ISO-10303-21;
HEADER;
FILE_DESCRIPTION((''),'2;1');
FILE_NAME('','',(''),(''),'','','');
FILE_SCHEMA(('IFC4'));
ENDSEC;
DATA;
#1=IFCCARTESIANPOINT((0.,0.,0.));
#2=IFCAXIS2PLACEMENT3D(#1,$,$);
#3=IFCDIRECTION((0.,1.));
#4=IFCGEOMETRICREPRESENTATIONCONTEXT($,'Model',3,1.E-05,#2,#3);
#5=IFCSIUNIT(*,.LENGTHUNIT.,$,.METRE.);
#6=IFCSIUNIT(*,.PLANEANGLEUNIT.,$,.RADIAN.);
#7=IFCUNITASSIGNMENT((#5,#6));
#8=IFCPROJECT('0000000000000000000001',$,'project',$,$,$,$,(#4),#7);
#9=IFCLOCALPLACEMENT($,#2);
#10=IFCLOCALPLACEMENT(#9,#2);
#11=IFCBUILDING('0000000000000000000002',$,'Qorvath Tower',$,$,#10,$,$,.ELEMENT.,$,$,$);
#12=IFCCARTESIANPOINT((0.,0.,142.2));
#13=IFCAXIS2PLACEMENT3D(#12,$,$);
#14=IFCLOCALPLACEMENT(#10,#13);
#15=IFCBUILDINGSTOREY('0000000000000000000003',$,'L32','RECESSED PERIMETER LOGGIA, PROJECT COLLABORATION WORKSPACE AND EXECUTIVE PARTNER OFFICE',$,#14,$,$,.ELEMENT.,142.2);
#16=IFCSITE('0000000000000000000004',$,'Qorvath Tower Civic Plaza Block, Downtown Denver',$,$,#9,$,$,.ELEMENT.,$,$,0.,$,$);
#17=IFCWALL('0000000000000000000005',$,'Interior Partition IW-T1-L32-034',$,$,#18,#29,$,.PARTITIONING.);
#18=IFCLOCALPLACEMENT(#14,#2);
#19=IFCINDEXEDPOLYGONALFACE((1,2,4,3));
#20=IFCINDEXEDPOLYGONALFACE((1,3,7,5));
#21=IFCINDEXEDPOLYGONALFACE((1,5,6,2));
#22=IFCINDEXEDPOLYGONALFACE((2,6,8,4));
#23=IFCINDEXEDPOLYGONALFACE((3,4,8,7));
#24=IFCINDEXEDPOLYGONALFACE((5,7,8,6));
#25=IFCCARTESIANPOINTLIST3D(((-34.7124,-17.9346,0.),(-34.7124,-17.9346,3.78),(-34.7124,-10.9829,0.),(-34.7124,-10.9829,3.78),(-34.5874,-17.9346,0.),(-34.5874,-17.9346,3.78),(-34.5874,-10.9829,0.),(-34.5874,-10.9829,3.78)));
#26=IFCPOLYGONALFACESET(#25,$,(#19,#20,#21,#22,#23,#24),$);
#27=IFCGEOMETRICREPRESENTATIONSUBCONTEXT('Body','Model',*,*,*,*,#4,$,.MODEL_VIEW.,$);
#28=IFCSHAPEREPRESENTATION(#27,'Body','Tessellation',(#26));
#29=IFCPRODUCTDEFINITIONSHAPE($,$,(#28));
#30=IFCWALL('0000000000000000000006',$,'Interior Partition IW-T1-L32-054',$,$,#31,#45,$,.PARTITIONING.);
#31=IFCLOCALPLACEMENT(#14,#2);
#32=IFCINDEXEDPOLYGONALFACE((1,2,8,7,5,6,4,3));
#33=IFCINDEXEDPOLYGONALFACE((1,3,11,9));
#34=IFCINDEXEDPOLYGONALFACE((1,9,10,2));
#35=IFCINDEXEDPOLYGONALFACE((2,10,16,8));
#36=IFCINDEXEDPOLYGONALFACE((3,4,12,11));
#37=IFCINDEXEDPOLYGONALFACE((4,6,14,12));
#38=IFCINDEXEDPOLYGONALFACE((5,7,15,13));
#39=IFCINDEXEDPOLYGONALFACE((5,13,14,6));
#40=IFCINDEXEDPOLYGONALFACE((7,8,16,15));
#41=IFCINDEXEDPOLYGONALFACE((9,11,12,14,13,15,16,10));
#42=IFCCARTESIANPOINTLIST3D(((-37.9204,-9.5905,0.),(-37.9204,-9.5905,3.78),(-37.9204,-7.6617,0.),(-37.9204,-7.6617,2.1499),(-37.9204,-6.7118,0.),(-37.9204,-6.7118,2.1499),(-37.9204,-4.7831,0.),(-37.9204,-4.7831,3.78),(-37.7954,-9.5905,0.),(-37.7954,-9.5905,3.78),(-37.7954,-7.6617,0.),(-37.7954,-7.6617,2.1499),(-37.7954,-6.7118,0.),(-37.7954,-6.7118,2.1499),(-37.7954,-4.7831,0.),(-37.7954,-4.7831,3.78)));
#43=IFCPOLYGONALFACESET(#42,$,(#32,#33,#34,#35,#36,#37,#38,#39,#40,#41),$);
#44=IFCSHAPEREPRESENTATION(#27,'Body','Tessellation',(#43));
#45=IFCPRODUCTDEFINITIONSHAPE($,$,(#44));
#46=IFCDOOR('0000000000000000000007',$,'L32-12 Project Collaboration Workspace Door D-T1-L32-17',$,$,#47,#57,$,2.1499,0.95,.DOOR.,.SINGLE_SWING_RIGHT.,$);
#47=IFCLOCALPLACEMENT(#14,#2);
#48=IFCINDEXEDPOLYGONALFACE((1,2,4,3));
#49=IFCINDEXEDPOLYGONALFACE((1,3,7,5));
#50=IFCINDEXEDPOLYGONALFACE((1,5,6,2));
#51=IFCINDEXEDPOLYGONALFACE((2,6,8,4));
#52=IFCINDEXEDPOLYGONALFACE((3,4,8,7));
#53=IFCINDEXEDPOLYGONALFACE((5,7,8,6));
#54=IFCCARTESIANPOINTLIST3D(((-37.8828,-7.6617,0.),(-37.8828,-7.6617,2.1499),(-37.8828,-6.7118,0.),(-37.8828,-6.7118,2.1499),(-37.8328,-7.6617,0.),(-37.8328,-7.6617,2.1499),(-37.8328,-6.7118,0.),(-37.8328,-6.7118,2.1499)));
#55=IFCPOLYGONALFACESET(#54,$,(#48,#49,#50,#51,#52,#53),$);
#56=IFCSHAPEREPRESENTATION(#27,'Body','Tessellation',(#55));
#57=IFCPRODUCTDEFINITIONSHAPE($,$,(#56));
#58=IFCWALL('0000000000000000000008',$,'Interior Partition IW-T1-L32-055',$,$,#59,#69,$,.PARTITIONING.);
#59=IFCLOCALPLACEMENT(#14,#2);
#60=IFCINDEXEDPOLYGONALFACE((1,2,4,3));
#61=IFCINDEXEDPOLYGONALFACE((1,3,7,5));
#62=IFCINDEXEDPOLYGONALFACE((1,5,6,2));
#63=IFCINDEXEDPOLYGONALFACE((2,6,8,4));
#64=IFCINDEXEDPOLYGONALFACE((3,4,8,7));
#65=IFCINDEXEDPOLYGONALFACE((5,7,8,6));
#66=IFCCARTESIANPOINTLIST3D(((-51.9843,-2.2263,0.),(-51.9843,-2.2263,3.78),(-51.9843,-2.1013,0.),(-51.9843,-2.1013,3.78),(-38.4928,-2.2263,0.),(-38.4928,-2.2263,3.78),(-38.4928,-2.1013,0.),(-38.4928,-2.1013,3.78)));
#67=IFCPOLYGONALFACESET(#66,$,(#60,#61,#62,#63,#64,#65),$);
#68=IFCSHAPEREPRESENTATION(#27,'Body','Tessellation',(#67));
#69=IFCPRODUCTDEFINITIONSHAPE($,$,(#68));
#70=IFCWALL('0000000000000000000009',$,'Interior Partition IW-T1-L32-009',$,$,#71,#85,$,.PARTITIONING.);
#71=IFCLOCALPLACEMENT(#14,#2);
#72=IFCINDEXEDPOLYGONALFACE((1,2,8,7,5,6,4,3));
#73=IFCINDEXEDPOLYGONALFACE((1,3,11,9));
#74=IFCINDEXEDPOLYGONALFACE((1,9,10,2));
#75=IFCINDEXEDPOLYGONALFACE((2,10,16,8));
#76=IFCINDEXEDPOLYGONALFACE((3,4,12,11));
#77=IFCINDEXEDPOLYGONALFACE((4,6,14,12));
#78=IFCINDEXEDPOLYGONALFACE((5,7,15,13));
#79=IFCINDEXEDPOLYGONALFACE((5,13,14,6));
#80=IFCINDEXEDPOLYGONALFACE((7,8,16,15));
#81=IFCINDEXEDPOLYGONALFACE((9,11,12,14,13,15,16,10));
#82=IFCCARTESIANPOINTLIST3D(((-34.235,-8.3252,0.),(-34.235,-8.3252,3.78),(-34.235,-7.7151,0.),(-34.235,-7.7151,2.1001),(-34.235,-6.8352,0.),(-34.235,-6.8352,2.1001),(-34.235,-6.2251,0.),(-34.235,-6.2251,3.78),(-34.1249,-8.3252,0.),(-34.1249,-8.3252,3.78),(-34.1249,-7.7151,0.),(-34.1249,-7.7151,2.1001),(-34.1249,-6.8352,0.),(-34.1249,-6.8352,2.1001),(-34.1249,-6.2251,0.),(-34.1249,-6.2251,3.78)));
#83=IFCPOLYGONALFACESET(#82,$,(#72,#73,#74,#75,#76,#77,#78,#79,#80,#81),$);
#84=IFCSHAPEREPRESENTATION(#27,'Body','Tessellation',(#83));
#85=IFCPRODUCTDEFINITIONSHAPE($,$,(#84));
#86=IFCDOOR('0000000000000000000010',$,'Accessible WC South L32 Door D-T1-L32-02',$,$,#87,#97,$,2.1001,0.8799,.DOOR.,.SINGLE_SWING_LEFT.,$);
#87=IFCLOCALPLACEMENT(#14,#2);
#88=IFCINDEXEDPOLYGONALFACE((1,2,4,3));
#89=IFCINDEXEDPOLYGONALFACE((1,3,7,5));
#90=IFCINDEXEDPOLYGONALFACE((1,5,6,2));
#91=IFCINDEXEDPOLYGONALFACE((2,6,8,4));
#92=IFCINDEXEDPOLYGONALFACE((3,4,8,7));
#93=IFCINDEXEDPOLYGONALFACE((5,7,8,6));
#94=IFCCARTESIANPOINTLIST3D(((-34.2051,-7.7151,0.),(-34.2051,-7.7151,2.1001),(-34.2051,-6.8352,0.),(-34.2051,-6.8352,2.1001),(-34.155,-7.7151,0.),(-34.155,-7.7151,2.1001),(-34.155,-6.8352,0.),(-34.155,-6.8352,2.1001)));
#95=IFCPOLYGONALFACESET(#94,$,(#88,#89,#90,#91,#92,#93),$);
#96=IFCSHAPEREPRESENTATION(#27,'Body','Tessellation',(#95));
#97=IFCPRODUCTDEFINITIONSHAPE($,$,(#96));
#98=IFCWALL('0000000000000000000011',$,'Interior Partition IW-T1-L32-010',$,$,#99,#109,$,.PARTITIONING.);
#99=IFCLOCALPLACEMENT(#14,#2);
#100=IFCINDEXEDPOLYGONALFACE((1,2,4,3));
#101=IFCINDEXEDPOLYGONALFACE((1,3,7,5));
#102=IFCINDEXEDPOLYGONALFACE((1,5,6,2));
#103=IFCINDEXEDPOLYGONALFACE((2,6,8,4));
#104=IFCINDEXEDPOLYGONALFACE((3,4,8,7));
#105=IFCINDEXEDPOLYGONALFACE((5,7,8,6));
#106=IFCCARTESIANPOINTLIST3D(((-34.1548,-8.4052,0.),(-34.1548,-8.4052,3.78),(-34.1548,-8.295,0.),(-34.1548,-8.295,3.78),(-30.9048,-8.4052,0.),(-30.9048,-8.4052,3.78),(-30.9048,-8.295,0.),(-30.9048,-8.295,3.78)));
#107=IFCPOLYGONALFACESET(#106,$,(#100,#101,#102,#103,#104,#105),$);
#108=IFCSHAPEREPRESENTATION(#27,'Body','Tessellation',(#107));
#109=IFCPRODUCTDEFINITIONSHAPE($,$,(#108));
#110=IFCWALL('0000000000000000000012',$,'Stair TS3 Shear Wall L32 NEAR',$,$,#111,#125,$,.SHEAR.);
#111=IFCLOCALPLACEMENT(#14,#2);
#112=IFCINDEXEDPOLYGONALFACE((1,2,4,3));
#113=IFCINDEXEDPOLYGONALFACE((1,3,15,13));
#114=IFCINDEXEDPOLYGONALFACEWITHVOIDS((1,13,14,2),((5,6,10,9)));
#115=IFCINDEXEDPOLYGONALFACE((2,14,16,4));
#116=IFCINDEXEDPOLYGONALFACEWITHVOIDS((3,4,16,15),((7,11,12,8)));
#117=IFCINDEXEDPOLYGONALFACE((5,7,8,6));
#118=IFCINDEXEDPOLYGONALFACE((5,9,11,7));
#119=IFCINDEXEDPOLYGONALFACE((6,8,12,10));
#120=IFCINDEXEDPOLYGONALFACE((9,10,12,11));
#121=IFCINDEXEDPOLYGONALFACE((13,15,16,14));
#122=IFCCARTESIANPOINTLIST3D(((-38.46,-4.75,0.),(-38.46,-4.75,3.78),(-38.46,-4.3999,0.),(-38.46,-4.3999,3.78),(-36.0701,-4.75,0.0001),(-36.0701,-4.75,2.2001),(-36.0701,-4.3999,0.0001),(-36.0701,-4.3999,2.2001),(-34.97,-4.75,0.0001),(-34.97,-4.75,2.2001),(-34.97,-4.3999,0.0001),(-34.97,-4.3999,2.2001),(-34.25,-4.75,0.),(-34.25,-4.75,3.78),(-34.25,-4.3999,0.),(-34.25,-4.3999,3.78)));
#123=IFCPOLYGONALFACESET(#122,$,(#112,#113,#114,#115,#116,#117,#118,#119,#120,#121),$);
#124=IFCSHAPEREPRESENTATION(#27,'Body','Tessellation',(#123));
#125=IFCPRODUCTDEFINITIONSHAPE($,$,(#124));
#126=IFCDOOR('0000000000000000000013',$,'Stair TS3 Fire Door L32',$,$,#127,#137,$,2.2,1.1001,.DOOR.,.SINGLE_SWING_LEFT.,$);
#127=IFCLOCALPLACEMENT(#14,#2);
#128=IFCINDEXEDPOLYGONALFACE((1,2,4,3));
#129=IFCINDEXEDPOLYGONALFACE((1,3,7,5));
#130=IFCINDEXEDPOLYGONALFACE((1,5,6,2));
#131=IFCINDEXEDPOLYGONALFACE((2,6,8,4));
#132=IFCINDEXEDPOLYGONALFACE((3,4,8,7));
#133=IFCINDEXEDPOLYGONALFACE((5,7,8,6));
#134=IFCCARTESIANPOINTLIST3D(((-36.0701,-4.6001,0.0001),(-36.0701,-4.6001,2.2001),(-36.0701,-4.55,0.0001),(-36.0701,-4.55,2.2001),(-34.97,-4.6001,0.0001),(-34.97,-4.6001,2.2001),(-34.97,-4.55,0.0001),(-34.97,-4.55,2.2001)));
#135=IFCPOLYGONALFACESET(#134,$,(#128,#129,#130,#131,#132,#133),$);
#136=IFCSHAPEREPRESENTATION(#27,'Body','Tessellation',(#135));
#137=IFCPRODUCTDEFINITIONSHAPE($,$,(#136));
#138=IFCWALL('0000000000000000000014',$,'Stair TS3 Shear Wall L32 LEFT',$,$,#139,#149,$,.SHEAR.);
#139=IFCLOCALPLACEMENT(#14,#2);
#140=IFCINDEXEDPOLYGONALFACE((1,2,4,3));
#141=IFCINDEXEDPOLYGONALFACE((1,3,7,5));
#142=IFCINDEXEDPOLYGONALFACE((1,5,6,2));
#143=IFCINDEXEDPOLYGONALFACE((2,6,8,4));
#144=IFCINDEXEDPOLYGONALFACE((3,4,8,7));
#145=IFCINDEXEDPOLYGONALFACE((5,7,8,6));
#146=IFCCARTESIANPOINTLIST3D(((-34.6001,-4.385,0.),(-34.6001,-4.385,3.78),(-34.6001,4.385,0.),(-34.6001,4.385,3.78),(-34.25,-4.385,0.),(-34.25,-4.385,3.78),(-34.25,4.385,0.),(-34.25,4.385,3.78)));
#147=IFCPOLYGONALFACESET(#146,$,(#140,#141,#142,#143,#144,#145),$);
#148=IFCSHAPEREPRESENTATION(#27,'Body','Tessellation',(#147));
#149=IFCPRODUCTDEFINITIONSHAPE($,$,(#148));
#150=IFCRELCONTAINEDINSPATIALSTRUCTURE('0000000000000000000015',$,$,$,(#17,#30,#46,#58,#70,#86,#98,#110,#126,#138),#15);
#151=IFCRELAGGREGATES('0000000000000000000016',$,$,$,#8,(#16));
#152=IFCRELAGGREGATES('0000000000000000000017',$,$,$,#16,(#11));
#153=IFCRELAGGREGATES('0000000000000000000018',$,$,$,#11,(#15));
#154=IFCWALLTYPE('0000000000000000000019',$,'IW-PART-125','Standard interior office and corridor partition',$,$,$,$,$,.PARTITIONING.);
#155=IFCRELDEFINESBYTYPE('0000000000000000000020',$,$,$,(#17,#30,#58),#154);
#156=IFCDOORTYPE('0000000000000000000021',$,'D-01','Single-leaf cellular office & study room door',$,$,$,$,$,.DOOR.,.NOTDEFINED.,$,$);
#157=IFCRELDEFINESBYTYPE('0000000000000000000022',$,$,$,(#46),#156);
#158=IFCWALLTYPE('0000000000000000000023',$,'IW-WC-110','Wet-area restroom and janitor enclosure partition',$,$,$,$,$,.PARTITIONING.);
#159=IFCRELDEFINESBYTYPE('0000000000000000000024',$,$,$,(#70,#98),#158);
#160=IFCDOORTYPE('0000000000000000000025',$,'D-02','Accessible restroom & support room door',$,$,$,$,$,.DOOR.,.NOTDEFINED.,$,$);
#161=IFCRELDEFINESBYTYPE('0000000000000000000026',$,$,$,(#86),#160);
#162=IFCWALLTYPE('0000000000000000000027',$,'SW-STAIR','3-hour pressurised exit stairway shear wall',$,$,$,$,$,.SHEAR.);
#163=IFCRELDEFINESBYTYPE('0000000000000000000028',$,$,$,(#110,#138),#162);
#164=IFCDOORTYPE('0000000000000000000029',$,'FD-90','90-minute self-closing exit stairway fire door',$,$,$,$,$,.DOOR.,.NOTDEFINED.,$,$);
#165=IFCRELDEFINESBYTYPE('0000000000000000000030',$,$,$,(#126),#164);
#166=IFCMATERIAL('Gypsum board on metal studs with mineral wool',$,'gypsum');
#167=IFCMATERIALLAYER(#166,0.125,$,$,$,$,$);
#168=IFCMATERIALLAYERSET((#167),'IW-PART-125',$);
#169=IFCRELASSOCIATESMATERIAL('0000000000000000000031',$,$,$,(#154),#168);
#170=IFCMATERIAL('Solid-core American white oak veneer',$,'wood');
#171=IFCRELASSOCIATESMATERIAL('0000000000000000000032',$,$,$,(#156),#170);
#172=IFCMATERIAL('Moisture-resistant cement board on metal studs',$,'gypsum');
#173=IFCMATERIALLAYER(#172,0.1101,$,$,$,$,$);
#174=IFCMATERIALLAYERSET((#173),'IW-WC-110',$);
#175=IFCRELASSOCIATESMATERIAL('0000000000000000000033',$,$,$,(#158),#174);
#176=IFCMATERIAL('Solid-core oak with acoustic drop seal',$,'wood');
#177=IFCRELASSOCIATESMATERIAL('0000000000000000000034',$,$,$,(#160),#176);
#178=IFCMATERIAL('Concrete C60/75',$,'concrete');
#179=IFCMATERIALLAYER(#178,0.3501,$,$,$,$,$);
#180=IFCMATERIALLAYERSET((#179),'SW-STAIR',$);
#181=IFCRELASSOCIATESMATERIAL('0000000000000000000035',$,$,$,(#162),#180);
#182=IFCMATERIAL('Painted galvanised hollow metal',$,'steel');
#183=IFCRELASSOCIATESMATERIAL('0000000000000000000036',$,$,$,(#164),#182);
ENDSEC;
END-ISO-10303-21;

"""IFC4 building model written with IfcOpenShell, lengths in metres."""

from ifc_helpers import new_model, si_unit, direction, frame, frame_2d, origin, place, context, subcontext, project, spatial, rectangle, extrude, material, layer, layer_set, type_object, element, fill, save


model = new_model("IFC4")

# Units and contexts
model_context = context("Model", 3, precision=1e-05, world=origin(), true_north=direction((0.0, 1.0)))
body_context = subcontext(model_context, "Body", "Model", "MODEL_VIEW")
ifc_project = project(units=[si_unit("LENGTHUNIT", "METRE"), si_unit("PLANEANGLEUNIT", "RADIAN")], contexts=[model_context])

# Site, building, storey
site_placement = place(None, origin())
site = spatial("IfcSite", under=ifc_project, at=site_placement, Name="Qorvath Tower Civic Plaza Block, Downtown Denver", CompositionType="ELEMENT", RefElevation=0.0)
building_placement = place(site_placement, origin())
building = spatial("IfcBuilding", under=site, at=building_placement, Name="Qorvath Tower", CompositionType="ELEMENT")
storey_placement = place(building_placement, frame((0.0, 0.0, 142.2)))
storey = spatial("IfcBuildingStorey", under=building, at=storey_placement, Name="L32", Description="RECESSED PERIMETER LOGGIA, PROJECT COLLABORATION WORKSPACE AND EXECUTIVE PARTNER OFFICE", CompositionType="ELEMENT", Elevation=142.2)

# Wall
ifc_material_1 = material(Name="Gypsum board on metal studs with mineral wool", Category="gypsum")
ifc_layer_1 = layer(ifc_material_1, 0.125)
ifc_layer_set_1 = layer_set([ifc_layer_1], Name="IW-PART-125")
wall_type_1 = type_object("IfcWallType", Name="IW-PART-125", Description="Standard interior office and corridor partition", PredefinedType="PARTITIONING", material=ifc_layer_set_1)
wall_1_placement = place(storey_placement, frame((-34.6499, -10.9829, 0.0), z_axis=(0.0, 0.0, 1.0), x_axis=(0.0, -1.0, 0.0)))
element("IfcWall", 1, at=wall_1_placement, inside=storey, type_object=wall_type_1, Name="Interior Partition IW-T1-L32-034", PredefinedType="PARTITIONING", context=body_context, shape_type="SweptSolid", body=[
    extrude(rectangle(XDim=6.9517, YDim=0.125, at=frame_2d((3.4758, 0.0))), origin(), (0.0, 0.0, 1.0), 3.78),
])

# Wall, opening, door
wall_2_placement = place(storey_placement, frame((-37.8579, -9.5906, 0.0), z_axis=(0.0, 0.0, 1.0), x_axis=(0.0, 1.0, 0.0)))
wall_2 = element("IfcWall", 2, at=wall_2_placement, inside=storey, type_object=wall_type_1, Name="Interior Partition IW-T1-L32-054", PredefinedType="PARTITIONING", context=body_context, shape_type="SweptSolid", body=[
    extrude(rectangle(XDim=4.8074, YDim=0.125, at=frame_2d((2.4038, 0.0))), origin(), (0.0, 0.0, 1.0), 3.78),
])
opening_1_placement = place(wall_2_placement, frame((1.9287, 0.0, 0.0)))
opening_1 = element("IfcOpeningElement", 3, at=opening_1_placement, cuts=wall_2, PredefinedType="OPENING", context=body_context, shape_type="SweptSolid", body=[
    extrude(rectangle(XDim=0.95, YDim=2.1499, at=frame_2d((0.4751, 1.075))), frame((0.0, 0.0725, 0.0), z_axis=(0.0, -1.0, 0.0), x_axis=(1.0, 0.0, 0.0)), (0.0, 0.0, 1.0), 0.145),
])
ifc_material_2 = material(Name="Solid-core American white oak veneer", Category="wood")
door_type_1 = type_object("IfcDoorType", Name="D-01", Description="Single-leaf cellular office & study room door", OperationType="NOTDEFINED", PredefinedType="DOOR", material=ifc_material_2)
door_1_placement = place(opening_1_placement, origin())
door_1 = element("IfcDoor", 4, at=door_1_placement, inside=storey, type_object=door_type_1, Name="L32-12 Project Collaboration Workspace Door D-T1-L32-17", OperationType="SINGLE_SWING_RIGHT", OverallHeight=2.1499, OverallWidth=0.95, PredefinedType="DOOR", context=body_context, shape_type="SweptSolid", body=[
    extrude(rectangle(XDim=0.95, YDim=2.1499, at=frame_2d((0.4751, 1.075))), frame((0.0, 0.0249, 0.0), z_axis=(0.0, -1.0, 0.0), x_axis=(1.0, 0.0, 0.0)), (0.0, 0.0, 1.0), 0.05),
])
fill(opening_1, door_1)

# Wall
wall_3_placement = place(storey_placement, frame((-38.4929, -2.1638, 0.0), z_axis=(0.0, 0.0, 1.0), x_axis=(-1.0, 0.0, 0.0)))
element("IfcWall", 5, at=wall_3_placement, inside=storey, type_object=wall_type_1, Name="Interior Partition IW-T1-L32-055", PredefinedType="PARTITIONING", context=body_context, shape_type="SweptSolid", body=[
    extrude(rectangle(XDim=13.4915, YDim=0.125, at=frame_2d((6.7456, 0.0))), origin(), (0.0, 0.0, 1.0), 3.78),
])

# Wall, opening, door
ifc_material_3 = material(Name="Moisture-resistant cement board on metal studs", Category="gypsum")
ifc_layer_2 = layer(ifc_material_3, 0.1101)
ifc_layer_set_2 = layer_set([ifc_layer_2], Name="IW-WC-110")
wall_type_2 = type_object("IfcWallType", Name="IW-WC-110", Description="Wet-area restroom and janitor enclosure partition", PredefinedType="PARTITIONING", material=ifc_layer_set_2)
wall_4_placement = place(storey_placement, frame((-34.1799, -6.2251, 0.0), z_axis=(0.0, 0.0, 1.0), x_axis=(0.0, -1.0, 0.0)))
wall_4 = element("IfcWall", 6, at=wall_4_placement, inside=storey, type_object=wall_type_2, Name="Interior Partition IW-T1-L32-009", PredefinedType="PARTITIONING", context=body_context, shape_type="SweptSolid", body=[
    extrude(rectangle(XDim=2.1001, YDim=0.1101, at=frame_2d((1.05, 0.0))), origin(), (0.0, 0.0, 1.0), 3.78),
])
opening_2_placement = place(wall_4_placement, frame((0.6101, 0.0, 0.0)))
opening_2 = element("IfcOpeningElement", 7, at=opening_2_placement, cuts=wall_4, PredefinedType="OPENING", context=body_context, shape_type="SweptSolid", body=[
    extrude(rectangle(XDim=0.8799, YDim=2.1001, at=frame_2d((0.4399, 1.05))), frame((0.0, 0.0649, 0.0), z_axis=(0.0, -1.0, 0.0), x_axis=(1.0, 0.0, 0.0)), (0.0, 0.0, 1.0), 0.1301),
])
ifc_material_4 = material(Name="Solid-core oak with acoustic drop seal", Category="wood")
door_type_2 = type_object("IfcDoorType", Name="D-02", Description="Accessible restroom & support room door", OperationType="NOTDEFINED", PredefinedType="DOOR", material=ifc_material_4)
door_2_placement = place(opening_2_placement, origin())
door_2 = element("IfcDoor", 8, at=door_2_placement, inside=storey, type_object=door_type_2, Name="Accessible WC South L32 Door D-T1-L32-02", OperationType="SINGLE_SWING_LEFT", OverallHeight=2.1001, OverallWidth=0.8799, PredefinedType="DOOR", context=body_context, shape_type="SweptSolid", body=[
    extrude(rectangle(XDim=0.8799, YDim=2.1001, at=frame_2d((0.4399, 1.05))), frame((0.0, 0.0249, 0.0), z_axis=(0.0, -1.0, 0.0), x_axis=(1.0, 0.0, 0.0)), (0.0, 0.0, 1.0), 0.05),
])
fill(opening_2, door_2)

# Wall
wall_5_placement = place(storey_placement, frame((-34.1548, -8.3501, 0.0), z_axis=(0.0, 0.0, 1.0), x_axis=(1.0, 0.0, 0.0)))
element("IfcWall", 9, at=wall_5_placement, inside=storey, type_object=wall_type_2, Name="Interior Partition IW-T1-L32-010", PredefinedType="PARTITIONING", context=body_context, shape_type="SweptSolid", body=[
    extrude(rectangle(XDim=3.25, YDim=0.1101, at=frame_2d((1.625, 0.0))), origin(), (0.0, 0.0, 1.0), 3.78),
])

# Wall, opening, door
ifc_material_5 = material(Name="Concrete C60/75", Category="concrete")
ifc_layer_3 = layer(ifc_material_5, 0.3501)
ifc_layer_set_3 = layer_set([ifc_layer_3], Name="SW-STAIR")
wall_type_3 = type_object("IfcWallType", Name="SW-STAIR", Description="3-hour pressurised exit stairway shear wall", PredefinedType="SHEAR", material=ifc_layer_set_3)
wall_6_placement = place(storey_placement, frame((-38.46, -4.575, 0.0), z_axis=(0.0, 0.0, 1.0), x_axis=(1.0, 0.0, 0.0)))
wall_6 = element("IfcWall", 10, at=wall_6_placement, inside=storey, type_object=wall_type_3, Name="Stair TS3 Shear Wall L32 NEAR", PredefinedType="SHEAR", context=body_context, shape_type="SweptSolid", body=[
    extrude(rectangle(XDim=4.21, YDim=0.3501, at=frame_2d((2.105, 0.0))), origin(), (0.0, 0.0, 1.0), 3.78),
])
opening_3_placement = place(wall_6_placement, frame((2.3899, 0.0, 0.0)))
opening_3 = element("IfcOpeningElement", 11, at=opening_3_placement, cuts=wall_6, PredefinedType="OPENING", context=body_context, shape_type="SweptSolid", body=[
    extrude(rectangle(XDim=1.1001, YDim=2.2, at=frame_2d((0.55, 1.1001))), frame((0.0, 0.1851, 0.0), z_axis=(0.0, -1.0, 0.0), x_axis=(1.0, 0.0, 0.0)), (0.0, 0.0, 1.0), 0.3701),
])
ifc_material_6 = material(Name="Painted galvanised hollow metal", Category="steel")
door_type_3 = type_object("IfcDoorType", Name="FD-90", Description="90-minute self-closing exit stairway fire door", OperationType="NOTDEFINED", PredefinedType="DOOR", material=ifc_material_6)
door_3_placement = place(opening_3_placement, origin())
door_3 = element("IfcDoor", 12, at=door_3_placement, inside=storey, type_object=door_type_3, Name="Stair TS3 Fire Door L32", OperationType="SINGLE_SWING_LEFT", OverallHeight=2.2, OverallWidth=1.1001, PredefinedType="DOOR", context=body_context, shape_type="SweptSolid", body=[
    extrude(rectangle(XDim=1.1001, YDim=2.2, at=frame_2d((0.55, 1.1001))), frame((0.0, 0.0249, 0.0), z_axis=(0.0, -1.0, 0.0), x_axis=(1.0, 0.0, 0.0)), (0.0, 0.0, 1.0), 0.05),
])
fill(opening_3, door_3)

# Wall
wall_7_placement = place(storey_placement, frame((-34.425, -4.385, 0.0), z_axis=(0.0, 0.0, 1.0), x_axis=(0.0, 1.0, 0.0)))
element("IfcWall", 13, at=wall_7_placement, inside=storey, type_object=wall_type_3, Name="Stair TS3 Shear Wall L32 LEFT", PredefinedType="SHEAR", context=body_context, shape_type="SweptSolid", body=[
    extrude(rectangle(XDim=8.77, YDim=0.3501, at=frame_2d((4.385, 0.0))), origin(), (0.0, 0.0, 1.0), 3.78),
])

save(model, "model.ifc")
